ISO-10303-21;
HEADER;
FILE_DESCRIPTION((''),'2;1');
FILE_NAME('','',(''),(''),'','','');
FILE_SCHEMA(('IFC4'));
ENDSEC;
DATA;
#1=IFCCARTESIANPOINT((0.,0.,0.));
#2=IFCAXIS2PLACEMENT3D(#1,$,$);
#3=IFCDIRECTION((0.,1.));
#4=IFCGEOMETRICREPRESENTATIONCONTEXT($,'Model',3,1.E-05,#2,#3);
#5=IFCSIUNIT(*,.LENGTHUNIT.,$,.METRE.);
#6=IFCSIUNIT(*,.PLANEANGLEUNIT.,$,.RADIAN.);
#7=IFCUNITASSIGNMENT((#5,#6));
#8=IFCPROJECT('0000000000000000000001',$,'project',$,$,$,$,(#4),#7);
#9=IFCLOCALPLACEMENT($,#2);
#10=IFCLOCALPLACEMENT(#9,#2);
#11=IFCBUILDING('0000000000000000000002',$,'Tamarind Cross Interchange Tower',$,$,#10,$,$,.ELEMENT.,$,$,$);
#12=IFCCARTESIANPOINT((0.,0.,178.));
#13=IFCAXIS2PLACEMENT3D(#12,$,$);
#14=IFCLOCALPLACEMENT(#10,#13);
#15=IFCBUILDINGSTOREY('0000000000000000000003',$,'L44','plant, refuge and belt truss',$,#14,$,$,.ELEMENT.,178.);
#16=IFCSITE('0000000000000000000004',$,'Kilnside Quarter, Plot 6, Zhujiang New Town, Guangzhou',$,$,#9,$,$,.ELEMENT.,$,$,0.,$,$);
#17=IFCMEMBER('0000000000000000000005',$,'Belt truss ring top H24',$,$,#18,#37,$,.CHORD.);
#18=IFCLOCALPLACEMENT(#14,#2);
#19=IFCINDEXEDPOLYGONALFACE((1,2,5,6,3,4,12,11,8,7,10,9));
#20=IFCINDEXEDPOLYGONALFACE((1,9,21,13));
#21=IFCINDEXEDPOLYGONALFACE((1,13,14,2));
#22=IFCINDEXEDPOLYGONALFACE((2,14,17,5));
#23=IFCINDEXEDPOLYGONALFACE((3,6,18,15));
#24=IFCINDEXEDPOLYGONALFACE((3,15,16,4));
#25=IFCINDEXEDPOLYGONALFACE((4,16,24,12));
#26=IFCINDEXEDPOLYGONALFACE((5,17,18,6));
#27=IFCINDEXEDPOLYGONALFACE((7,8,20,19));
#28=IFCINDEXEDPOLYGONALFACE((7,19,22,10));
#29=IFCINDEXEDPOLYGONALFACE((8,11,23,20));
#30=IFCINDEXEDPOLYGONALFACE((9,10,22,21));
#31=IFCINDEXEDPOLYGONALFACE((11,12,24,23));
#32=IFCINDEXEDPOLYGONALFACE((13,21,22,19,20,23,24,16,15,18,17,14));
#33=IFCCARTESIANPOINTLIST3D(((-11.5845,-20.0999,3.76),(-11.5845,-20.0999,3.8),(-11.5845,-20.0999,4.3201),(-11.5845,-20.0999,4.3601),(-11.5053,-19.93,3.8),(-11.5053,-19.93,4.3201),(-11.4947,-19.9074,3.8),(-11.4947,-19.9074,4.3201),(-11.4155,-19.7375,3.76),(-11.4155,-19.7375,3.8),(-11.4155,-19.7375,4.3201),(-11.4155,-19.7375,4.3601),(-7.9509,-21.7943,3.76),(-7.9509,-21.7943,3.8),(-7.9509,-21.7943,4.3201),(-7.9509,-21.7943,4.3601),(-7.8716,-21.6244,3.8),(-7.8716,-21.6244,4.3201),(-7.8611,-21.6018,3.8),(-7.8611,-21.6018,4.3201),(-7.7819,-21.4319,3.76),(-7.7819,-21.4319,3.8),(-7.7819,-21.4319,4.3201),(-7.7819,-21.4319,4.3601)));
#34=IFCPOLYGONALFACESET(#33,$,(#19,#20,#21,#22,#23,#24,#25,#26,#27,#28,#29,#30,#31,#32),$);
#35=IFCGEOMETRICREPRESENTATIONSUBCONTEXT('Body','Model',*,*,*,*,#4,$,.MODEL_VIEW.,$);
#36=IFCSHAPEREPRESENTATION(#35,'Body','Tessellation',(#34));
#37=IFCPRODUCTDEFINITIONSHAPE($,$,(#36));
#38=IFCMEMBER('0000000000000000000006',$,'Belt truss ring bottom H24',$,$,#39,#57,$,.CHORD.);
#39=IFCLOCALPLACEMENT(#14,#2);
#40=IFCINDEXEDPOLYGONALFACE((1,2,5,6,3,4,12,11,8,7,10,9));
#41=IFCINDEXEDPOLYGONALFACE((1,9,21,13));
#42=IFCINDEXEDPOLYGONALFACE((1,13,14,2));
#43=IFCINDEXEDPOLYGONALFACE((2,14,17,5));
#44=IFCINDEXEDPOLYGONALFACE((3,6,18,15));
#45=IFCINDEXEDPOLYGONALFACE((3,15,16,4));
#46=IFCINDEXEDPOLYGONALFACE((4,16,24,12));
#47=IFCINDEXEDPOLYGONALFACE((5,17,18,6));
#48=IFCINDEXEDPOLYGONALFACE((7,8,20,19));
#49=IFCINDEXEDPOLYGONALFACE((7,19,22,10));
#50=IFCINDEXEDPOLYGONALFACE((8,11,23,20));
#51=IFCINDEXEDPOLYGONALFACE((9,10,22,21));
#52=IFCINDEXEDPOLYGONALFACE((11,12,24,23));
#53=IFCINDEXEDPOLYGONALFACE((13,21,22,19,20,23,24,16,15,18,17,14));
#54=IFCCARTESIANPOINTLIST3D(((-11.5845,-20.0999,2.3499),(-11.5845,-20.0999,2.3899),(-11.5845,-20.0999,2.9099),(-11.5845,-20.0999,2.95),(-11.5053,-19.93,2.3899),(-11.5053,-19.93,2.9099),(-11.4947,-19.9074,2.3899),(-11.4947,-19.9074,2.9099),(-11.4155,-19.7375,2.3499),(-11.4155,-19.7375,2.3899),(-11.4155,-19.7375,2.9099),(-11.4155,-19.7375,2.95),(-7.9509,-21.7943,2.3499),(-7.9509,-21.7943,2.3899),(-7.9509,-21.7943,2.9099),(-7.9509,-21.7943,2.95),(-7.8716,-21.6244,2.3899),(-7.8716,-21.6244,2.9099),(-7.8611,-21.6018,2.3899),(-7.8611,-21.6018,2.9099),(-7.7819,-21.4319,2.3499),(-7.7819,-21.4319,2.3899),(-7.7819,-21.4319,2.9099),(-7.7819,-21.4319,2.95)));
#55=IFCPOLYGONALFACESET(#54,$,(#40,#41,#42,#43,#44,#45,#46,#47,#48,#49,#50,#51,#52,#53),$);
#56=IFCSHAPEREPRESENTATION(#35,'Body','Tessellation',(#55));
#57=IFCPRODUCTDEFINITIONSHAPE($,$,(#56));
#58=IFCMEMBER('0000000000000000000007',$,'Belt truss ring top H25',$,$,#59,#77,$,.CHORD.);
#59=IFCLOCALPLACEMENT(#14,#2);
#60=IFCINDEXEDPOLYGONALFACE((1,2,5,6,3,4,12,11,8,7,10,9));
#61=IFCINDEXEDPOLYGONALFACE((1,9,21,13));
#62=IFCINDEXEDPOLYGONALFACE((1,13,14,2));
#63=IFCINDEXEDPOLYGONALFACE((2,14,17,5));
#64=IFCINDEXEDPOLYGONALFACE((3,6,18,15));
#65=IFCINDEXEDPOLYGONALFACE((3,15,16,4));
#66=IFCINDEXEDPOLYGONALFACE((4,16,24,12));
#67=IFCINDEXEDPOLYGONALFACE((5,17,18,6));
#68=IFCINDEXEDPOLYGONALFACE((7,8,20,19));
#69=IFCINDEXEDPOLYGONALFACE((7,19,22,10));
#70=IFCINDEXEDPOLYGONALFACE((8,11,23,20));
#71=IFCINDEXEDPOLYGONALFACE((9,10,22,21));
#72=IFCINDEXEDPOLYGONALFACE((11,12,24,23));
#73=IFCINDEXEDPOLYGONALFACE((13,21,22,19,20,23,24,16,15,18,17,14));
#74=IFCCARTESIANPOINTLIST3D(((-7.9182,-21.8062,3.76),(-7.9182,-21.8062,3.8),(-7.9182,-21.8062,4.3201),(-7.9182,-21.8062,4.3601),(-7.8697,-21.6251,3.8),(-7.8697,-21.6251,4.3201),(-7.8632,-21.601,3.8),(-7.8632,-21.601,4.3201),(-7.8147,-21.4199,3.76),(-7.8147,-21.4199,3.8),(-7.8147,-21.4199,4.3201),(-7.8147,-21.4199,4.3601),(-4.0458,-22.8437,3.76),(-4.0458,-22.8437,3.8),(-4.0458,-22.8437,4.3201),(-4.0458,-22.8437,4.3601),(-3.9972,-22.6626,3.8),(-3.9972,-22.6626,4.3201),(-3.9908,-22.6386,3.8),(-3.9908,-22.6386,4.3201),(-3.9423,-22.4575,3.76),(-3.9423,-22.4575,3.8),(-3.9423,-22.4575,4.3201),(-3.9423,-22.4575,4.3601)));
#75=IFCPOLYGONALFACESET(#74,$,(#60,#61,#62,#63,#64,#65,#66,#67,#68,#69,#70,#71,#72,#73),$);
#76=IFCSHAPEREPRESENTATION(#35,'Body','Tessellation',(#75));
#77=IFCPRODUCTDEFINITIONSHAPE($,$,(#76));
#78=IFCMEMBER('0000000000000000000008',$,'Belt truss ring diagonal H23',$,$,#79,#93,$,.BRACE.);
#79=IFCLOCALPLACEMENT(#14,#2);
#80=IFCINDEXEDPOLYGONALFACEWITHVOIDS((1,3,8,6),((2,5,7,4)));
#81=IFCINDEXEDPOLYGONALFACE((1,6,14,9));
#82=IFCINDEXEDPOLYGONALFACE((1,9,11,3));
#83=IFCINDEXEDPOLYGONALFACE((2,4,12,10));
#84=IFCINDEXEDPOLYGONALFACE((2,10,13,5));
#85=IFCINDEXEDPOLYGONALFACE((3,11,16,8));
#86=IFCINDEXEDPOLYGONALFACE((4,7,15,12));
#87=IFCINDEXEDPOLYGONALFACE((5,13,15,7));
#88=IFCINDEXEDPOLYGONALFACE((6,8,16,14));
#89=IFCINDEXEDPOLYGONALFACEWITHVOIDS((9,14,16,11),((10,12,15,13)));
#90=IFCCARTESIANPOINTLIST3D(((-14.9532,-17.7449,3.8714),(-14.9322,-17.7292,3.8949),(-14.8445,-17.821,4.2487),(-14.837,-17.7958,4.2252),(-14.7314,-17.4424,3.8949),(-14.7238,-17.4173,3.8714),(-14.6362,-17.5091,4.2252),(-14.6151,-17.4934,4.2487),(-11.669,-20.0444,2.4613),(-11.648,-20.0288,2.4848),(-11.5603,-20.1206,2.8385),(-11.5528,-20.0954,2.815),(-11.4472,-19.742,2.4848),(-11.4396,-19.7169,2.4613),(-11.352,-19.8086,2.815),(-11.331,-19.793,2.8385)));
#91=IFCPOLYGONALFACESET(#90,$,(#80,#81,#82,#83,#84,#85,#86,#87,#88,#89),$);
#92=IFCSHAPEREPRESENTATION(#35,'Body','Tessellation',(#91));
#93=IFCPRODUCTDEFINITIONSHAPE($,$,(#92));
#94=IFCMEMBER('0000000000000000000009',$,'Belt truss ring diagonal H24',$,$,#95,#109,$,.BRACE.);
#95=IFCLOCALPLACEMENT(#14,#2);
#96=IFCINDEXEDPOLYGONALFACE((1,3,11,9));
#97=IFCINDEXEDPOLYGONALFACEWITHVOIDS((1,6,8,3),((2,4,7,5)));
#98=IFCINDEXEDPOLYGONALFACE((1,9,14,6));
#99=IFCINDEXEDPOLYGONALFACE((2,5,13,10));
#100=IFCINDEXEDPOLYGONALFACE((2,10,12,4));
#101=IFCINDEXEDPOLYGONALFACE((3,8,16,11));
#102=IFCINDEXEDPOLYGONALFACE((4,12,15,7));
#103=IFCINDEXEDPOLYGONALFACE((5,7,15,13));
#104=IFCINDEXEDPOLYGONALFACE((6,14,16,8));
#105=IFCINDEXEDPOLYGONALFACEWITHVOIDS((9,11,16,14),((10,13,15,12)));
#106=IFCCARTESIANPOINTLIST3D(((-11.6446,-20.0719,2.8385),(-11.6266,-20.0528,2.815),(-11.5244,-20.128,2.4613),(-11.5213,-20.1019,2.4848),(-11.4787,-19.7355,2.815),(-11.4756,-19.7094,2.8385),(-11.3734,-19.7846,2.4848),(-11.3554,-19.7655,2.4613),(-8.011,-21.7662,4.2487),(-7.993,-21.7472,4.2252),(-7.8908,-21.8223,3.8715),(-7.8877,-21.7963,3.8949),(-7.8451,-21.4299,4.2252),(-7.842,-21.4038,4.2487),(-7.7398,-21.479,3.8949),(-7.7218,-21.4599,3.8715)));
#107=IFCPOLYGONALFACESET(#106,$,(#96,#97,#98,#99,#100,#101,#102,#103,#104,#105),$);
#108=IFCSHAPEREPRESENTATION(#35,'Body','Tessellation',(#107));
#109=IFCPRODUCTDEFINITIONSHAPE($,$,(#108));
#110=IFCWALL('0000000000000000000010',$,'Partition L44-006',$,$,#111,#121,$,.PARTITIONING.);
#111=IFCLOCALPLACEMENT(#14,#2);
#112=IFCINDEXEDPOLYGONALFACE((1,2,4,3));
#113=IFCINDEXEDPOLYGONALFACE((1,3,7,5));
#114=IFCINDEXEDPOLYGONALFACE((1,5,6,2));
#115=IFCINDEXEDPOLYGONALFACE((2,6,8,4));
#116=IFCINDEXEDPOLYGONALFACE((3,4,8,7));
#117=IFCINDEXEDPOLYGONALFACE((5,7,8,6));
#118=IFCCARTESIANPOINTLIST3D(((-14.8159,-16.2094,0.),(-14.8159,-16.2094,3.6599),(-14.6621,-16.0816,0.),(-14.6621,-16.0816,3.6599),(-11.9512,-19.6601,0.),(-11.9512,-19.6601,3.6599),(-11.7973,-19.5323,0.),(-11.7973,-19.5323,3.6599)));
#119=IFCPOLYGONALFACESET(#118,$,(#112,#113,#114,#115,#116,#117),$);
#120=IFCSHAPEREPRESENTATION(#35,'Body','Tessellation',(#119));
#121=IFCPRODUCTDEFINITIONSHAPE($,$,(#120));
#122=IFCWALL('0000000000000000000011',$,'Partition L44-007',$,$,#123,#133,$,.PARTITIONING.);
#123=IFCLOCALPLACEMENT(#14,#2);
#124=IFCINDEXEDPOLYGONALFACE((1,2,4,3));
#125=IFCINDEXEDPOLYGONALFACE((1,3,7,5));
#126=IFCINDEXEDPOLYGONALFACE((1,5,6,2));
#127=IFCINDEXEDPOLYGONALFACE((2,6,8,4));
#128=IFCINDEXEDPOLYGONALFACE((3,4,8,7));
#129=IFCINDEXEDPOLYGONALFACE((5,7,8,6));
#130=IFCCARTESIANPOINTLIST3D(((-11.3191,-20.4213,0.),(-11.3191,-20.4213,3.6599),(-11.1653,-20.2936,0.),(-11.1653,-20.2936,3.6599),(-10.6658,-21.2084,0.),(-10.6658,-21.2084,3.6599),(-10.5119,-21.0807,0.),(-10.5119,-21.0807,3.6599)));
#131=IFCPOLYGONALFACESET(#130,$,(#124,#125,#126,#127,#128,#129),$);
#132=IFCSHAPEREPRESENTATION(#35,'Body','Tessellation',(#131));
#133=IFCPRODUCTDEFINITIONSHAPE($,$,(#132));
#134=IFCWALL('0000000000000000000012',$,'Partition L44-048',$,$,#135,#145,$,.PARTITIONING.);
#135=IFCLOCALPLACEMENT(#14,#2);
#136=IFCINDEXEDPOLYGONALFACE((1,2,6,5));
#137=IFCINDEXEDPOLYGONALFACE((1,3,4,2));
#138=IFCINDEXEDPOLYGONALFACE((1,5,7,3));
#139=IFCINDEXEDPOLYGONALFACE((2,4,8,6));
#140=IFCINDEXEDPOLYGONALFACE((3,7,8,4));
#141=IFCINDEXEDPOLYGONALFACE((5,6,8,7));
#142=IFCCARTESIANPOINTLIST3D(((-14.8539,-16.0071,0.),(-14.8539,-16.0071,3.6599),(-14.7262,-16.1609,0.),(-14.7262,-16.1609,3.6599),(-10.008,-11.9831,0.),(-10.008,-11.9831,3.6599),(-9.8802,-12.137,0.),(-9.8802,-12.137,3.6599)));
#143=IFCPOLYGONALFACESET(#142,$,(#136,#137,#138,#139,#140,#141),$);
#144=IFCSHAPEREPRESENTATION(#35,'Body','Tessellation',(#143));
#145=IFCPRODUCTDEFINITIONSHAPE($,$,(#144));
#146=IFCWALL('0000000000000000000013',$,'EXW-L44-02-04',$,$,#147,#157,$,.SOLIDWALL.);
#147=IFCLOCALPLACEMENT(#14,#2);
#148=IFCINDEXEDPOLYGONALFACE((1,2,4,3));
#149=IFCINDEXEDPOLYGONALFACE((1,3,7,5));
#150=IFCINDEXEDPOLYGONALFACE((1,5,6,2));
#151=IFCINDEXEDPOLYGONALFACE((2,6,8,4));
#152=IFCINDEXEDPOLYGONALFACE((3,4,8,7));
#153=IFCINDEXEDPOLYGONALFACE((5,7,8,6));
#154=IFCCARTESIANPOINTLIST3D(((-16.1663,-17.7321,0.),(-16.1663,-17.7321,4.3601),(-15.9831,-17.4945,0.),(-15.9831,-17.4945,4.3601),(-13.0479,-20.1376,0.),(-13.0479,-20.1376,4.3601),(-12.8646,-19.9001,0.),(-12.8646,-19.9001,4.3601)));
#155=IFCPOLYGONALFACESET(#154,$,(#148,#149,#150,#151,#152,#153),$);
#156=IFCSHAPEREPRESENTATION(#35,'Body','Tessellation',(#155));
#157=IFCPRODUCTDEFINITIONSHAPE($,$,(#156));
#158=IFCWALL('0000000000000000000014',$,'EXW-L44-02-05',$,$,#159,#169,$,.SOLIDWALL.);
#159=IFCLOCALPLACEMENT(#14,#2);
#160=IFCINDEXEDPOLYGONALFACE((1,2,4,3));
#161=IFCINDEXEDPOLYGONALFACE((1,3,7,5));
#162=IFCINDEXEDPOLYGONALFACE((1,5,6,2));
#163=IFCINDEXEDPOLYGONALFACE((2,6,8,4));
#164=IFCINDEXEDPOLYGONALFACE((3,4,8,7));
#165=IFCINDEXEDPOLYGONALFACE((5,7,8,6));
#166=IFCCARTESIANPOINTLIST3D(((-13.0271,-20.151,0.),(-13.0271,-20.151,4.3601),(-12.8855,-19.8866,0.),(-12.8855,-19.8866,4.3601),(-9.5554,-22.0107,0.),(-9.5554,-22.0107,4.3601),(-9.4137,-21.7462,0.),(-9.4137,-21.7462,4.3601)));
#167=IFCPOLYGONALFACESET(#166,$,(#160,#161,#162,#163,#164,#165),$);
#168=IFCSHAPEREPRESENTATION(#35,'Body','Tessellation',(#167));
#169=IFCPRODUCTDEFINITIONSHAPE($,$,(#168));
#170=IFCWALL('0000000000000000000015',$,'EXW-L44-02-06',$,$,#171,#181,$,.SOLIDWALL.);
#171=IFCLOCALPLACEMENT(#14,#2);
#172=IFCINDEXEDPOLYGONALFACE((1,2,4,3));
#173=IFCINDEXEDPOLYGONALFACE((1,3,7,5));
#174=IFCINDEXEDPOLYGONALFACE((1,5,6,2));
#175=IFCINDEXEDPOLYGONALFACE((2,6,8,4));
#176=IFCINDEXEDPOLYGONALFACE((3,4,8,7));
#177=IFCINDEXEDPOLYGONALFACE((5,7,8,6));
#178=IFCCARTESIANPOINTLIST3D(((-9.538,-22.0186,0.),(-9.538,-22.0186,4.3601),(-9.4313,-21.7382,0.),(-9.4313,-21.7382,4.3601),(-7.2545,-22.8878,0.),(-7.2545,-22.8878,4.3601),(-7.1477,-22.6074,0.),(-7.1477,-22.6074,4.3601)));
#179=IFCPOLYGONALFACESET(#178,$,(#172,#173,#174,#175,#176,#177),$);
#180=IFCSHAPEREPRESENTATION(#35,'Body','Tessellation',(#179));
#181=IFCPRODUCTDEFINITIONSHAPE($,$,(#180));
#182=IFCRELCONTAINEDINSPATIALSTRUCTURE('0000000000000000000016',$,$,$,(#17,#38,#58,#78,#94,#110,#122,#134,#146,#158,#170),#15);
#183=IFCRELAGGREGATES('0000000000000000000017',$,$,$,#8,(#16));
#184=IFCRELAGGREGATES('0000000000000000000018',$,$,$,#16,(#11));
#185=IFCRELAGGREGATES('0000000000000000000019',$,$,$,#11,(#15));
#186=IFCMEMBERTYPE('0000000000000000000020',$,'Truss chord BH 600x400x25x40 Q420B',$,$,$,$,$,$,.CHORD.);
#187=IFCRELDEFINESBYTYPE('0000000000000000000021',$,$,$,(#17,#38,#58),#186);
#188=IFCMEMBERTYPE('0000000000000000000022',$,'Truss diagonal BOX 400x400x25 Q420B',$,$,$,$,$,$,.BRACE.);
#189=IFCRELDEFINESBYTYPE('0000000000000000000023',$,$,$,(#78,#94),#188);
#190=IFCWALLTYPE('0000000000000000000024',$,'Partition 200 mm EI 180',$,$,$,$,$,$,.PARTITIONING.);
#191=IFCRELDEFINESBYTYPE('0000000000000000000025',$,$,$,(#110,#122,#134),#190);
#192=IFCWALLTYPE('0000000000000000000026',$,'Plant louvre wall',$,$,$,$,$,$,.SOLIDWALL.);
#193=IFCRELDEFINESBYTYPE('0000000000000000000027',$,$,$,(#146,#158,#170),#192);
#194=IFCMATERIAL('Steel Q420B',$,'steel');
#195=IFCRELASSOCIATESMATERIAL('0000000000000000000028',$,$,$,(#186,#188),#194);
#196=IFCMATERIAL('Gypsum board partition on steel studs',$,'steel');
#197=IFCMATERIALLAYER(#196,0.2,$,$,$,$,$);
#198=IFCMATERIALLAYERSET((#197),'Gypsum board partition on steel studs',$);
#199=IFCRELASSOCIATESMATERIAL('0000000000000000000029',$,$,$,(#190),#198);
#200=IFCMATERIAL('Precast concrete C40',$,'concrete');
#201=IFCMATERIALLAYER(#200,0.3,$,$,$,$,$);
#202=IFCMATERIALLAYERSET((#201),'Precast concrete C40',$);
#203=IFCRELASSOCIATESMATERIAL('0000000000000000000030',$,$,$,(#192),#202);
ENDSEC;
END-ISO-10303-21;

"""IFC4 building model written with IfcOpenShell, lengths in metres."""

from ifc_helpers import new_model, si_unit, direction, frame, frame_2d, origin, origin_2d, place, context, subcontext, project, spatial, rectangle, hollow_rectangle, i_section, extrude, material, layer, layer_set, material_profile, profile_set, type_object, element, save


model = new_model("IFC4")

# Units and contexts
model_context = context("Model", 3, precision=1e-05, world=origin(), true_north=direction((0.0, 1.0)))
body_context = subcontext(model_context, "Body", "Model", "MODEL_VIEW")
ifc_project = project(units=[si_unit("LENGTHUNIT", "METRE"), si_unit("PLANEANGLEUNIT", "RADIAN")], contexts=[model_context])

# Site, building, storey
site_placement = place(None, origin())
site = spatial("IfcSite", under=ifc_project, at=site_placement, Name="Kilnside Quarter, Plot 6, Zhujiang New Town, Guangzhou", CompositionType="ELEMENT", RefElevation=0.0)
building_placement = place(site_placement, origin())
building = spatial("IfcBuilding", under=site, at=building_placement, Name="Tamarind Cross Interchange Tower", CompositionType="ELEMENT")
storey_placement = place(building_placement, frame((0.0, 0.0, 178.0)))
storey = spatial("IfcBuildingStorey", under=building, at=storey_placement, Name="L44", Description="plant, refuge and belt truss", CompositionType="ELEMENT", Elevation=178.0)

# Members
ifc_material_1 = material(Name="Steel Q420B", Category="steel")
ifc_material_profile_1 = material_profile(ifc_material_1, i_section(OverallWidth=0.3999, OverallDepth=0.6001, WebThickness=0.0249, FlangeThickness=0.04, at=origin_2d()), Name="BH 600x400x25x40")
ifc_profile_set_1 = profile_set([ifc_material_profile_1], Name="Steel Q420B")
member_type_1 = type_object("IfcMemberType", Name="Truss chord BH 600x400x25x40 Q420B", PredefinedType="CHORD", material=ifc_profile_set_1)
for number, where, z_axis, x_axis, name in (
    (1, (-11.5, -19.9187, 4.0601), (0.906309, -0.422615, 0.0), (0.422615, 0.906309, 0.0), "Belt truss ring top H24"),
    (2, (-11.5, -19.9187, 2.6499), (0.906309, -0.422615, 0.0), (0.422615, 0.906309, 0.0), "Belt truss ring bottom H24"),
):
    element("IfcMember", number, at=place(storey_placement, frame(where, z_axis=z_axis, x_axis=x_axis)), inside=storey, type_object=member_type_1, Name=name, PredefinedType="CHORD", context=body_context, shape_type="SweptSolid", body=[
        extrude(i_section(OverallWidth=0.3999, OverallDepth=0.6001, WebThickness=0.0249, FlangeThickness=0.04, at=origin_2d()), origin(), (0.0, 0.0, 1.0), 4.0093),
    ])
member_placement = place(storey_placement, frame((-7.8665, -21.613, 4.0601), z_axis=(0.965929, -0.258807, 0.0), x_axis=(0.258807, 0.965929, 0.0)))
element("IfcMember", 3, at=member_placement, inside=storey, type_object=member_type_1, Name="Belt truss ring top H25", PredefinedType="CHORD", context=body_context, shape_type="SweptSolid", body=[
    extrude(i_section(OverallWidth=0.3999, OverallDepth=0.6001, WebThickness=0.0249, FlangeThickness=0.04, at=origin_2d()), origin(), (0.0, 0.0, 1.0), 4.009),
])
ifc_material_profile_2 = material_profile(ifc_material_1, hollow_rectangle(XDim=0.3999, YDim=0.3999, WallThickness=0.0249, at=origin_2d()), Name="BOX 400x400x25")
ifc_profile_set_2 = profile_set([ifc_material_profile_2], Name="Steel Q420B")
member_type_2 = type_object("IfcMemberType", Name="Truss diagonal BOX 400x400x25 Q420B", PredefinedType="BRACE", material=ifc_profile_set_2)
for number, where, z_axis, x_axis, name in (
    (4, (-14.7842, -17.6191, 4.0601), (0.772751, -0.541075, -0.331803), (0.573569, 0.819158, 0.0), "Belt truss ring diagonal H23"),
    (5, (-11.5, -19.9187, 2.6499), (0.854964, -0.398673, 0.331806), (0.422615, 0.906309, 0.0), "Belt truss ring diagonal H24"),
):
    element("IfcMember", number, at=place(storey_placement, frame(where, z_axis=z_axis, x_axis=x_axis)), inside=storey, type_object=member_type_2, Name=name, PredefinedType="BRACE", context=body_context, shape_type="SweptSolid", body=[
        extrude(hollow_rectangle(XDim=0.3999, YDim=0.3999, WallThickness=0.0249, at=origin_2d()), origin(), (0.0, 0.0, 1.0), 4.25),
    ])

# Walls
ifc_material_2 = material(Name="Gypsum board partition on steel studs", Category="steel")
ifc_layer_1 = layer(ifc_material_2, 0.2)
ifc_layer_set_1 = layer_set([ifc_layer_1], Name="Gypsum board partition on steel studs")
wall_type_1 = type_object("IfcWallType", Name="Partition 200 mm EI 180", PredefinedType="PARTITIONING", material=ifc_layer_set_1)
wall_1_placement = place(storey_placement, frame((-14.739, -16.1455, 0.0), z_axis=(0.0, 0.0, 1.0), x_axis=(0.638759, -0.769407, 0.0)))
element("IfcWall", 6, at=wall_1_placement, inside=storey, type_object=wall_type_1, Name="Partition L44-006", PredefinedType="PARTITIONING", context=body_context, shape_type="SweptSolid", body=[
    extrude(rectangle(XDim=4.4849, YDim=0.2, at=frame_2d((2.2424, 0.0))), origin(), (0.0, 0.0, 1.0), 3.6599),
])
wall_2_placement = place(storey_placement, frame((-11.2422, -20.3574, 0.0), z_axis=(0.0, 0.0, 1.0), x_axis=(0.638681, -0.769472, 0.0)))
element("IfcWall", 7, at=wall_2_placement, inside=storey, type_object=wall_type_1, Name="Partition L44-007", PredefinedType="PARTITIONING", context=body_context, shape_type="SweptSolid", body=[
    extrude(rectangle(XDim=1.0229, YDim=0.2, at=frame_2d((0.5115, 0.0))), origin(), (0.0, 0.0, 1.0), 3.6599),
])
wall_3_placement = place(storey_placement, frame((-14.79, -16.084, 0.0), z_axis=(0.0, 0.0, 1.0), x_axis=(0.769342, 0.638838, 0.0)))
element("IfcWall", 8, at=wall_3_placement, inside=storey, type_object=wall_type_1, Name="Partition L44-048", PredefinedType="PARTITIONING", context=body_context, shape_type="SweptSolid", body=[
    extrude(rectangle(XDim=6.2988, YDim=0.2, at=frame_2d((3.1494, 0.0))), origin(), (0.0, 0.0, 1.0), 3.6599),
])
ifc_material_3 = material(Name="Precast concrete C40", Category="concrete")
ifc_layer_2 = layer(ifc_material_3, 0.3)
ifc_layer_set_2 = layer_set([ifc_layer_2], Name="Precast concrete C40")
wall_type_2 = type_object("IfcWallType", Name="Plant louvre wall", PredefinedType="SOLIDWALL", material=ifc_layer_set_2)
for number, where, z_axis, x_axis, name in (
    (9, (-16.0747, -17.6133, 0.0), (0.0, 0.0, 1.0), (0.791796, -0.610786, 0.0), "EXW-L44-02-04"),
    (10, (-12.9563, -20.0188, 0.0), (0.0, 0.0, 1.0), (0.881502, -0.47218, 0.0), "EXW-L44-02-05"),
):
    element("IfcWall", number, at=place(storey_placement, frame(where, z_axis=z_axis, x_axis=x_axis)), inside=storey, type_object=wall_type_2, Name=name, PredefinedType="SOLIDWALL", context=body_context, shape_type="SweptSolid", body=[
        extrude(rectangle(XDim=3.9385, YDim=0.3, at=frame_2d((1.9692, 0.0))), origin(), (0.0, 0.0, 1.0), 4.3601),
    ])
wall_4_placement = place(storey_placement, frame((-9.4846, -21.8784, 0.0), z_axis=(0.0, 0.0, 1.0), x_axis=(0.934589, -0.355729, 0.0)))
element("IfcWall", 11, at=wall_4_placement, inside=storey, type_object=wall_type_2, Name="EXW-L44-02-06", PredefinedType="SOLIDWALL", context=body_context, shape_type="SweptSolid", body=[
    extrude(rectangle(XDim=2.4434, YDim=0.3, at=frame_2d((1.2217, 0.0))), origin(), (0.0, 0.0, 1.0), 4.3601),
])

save(model, "model.ifc")
